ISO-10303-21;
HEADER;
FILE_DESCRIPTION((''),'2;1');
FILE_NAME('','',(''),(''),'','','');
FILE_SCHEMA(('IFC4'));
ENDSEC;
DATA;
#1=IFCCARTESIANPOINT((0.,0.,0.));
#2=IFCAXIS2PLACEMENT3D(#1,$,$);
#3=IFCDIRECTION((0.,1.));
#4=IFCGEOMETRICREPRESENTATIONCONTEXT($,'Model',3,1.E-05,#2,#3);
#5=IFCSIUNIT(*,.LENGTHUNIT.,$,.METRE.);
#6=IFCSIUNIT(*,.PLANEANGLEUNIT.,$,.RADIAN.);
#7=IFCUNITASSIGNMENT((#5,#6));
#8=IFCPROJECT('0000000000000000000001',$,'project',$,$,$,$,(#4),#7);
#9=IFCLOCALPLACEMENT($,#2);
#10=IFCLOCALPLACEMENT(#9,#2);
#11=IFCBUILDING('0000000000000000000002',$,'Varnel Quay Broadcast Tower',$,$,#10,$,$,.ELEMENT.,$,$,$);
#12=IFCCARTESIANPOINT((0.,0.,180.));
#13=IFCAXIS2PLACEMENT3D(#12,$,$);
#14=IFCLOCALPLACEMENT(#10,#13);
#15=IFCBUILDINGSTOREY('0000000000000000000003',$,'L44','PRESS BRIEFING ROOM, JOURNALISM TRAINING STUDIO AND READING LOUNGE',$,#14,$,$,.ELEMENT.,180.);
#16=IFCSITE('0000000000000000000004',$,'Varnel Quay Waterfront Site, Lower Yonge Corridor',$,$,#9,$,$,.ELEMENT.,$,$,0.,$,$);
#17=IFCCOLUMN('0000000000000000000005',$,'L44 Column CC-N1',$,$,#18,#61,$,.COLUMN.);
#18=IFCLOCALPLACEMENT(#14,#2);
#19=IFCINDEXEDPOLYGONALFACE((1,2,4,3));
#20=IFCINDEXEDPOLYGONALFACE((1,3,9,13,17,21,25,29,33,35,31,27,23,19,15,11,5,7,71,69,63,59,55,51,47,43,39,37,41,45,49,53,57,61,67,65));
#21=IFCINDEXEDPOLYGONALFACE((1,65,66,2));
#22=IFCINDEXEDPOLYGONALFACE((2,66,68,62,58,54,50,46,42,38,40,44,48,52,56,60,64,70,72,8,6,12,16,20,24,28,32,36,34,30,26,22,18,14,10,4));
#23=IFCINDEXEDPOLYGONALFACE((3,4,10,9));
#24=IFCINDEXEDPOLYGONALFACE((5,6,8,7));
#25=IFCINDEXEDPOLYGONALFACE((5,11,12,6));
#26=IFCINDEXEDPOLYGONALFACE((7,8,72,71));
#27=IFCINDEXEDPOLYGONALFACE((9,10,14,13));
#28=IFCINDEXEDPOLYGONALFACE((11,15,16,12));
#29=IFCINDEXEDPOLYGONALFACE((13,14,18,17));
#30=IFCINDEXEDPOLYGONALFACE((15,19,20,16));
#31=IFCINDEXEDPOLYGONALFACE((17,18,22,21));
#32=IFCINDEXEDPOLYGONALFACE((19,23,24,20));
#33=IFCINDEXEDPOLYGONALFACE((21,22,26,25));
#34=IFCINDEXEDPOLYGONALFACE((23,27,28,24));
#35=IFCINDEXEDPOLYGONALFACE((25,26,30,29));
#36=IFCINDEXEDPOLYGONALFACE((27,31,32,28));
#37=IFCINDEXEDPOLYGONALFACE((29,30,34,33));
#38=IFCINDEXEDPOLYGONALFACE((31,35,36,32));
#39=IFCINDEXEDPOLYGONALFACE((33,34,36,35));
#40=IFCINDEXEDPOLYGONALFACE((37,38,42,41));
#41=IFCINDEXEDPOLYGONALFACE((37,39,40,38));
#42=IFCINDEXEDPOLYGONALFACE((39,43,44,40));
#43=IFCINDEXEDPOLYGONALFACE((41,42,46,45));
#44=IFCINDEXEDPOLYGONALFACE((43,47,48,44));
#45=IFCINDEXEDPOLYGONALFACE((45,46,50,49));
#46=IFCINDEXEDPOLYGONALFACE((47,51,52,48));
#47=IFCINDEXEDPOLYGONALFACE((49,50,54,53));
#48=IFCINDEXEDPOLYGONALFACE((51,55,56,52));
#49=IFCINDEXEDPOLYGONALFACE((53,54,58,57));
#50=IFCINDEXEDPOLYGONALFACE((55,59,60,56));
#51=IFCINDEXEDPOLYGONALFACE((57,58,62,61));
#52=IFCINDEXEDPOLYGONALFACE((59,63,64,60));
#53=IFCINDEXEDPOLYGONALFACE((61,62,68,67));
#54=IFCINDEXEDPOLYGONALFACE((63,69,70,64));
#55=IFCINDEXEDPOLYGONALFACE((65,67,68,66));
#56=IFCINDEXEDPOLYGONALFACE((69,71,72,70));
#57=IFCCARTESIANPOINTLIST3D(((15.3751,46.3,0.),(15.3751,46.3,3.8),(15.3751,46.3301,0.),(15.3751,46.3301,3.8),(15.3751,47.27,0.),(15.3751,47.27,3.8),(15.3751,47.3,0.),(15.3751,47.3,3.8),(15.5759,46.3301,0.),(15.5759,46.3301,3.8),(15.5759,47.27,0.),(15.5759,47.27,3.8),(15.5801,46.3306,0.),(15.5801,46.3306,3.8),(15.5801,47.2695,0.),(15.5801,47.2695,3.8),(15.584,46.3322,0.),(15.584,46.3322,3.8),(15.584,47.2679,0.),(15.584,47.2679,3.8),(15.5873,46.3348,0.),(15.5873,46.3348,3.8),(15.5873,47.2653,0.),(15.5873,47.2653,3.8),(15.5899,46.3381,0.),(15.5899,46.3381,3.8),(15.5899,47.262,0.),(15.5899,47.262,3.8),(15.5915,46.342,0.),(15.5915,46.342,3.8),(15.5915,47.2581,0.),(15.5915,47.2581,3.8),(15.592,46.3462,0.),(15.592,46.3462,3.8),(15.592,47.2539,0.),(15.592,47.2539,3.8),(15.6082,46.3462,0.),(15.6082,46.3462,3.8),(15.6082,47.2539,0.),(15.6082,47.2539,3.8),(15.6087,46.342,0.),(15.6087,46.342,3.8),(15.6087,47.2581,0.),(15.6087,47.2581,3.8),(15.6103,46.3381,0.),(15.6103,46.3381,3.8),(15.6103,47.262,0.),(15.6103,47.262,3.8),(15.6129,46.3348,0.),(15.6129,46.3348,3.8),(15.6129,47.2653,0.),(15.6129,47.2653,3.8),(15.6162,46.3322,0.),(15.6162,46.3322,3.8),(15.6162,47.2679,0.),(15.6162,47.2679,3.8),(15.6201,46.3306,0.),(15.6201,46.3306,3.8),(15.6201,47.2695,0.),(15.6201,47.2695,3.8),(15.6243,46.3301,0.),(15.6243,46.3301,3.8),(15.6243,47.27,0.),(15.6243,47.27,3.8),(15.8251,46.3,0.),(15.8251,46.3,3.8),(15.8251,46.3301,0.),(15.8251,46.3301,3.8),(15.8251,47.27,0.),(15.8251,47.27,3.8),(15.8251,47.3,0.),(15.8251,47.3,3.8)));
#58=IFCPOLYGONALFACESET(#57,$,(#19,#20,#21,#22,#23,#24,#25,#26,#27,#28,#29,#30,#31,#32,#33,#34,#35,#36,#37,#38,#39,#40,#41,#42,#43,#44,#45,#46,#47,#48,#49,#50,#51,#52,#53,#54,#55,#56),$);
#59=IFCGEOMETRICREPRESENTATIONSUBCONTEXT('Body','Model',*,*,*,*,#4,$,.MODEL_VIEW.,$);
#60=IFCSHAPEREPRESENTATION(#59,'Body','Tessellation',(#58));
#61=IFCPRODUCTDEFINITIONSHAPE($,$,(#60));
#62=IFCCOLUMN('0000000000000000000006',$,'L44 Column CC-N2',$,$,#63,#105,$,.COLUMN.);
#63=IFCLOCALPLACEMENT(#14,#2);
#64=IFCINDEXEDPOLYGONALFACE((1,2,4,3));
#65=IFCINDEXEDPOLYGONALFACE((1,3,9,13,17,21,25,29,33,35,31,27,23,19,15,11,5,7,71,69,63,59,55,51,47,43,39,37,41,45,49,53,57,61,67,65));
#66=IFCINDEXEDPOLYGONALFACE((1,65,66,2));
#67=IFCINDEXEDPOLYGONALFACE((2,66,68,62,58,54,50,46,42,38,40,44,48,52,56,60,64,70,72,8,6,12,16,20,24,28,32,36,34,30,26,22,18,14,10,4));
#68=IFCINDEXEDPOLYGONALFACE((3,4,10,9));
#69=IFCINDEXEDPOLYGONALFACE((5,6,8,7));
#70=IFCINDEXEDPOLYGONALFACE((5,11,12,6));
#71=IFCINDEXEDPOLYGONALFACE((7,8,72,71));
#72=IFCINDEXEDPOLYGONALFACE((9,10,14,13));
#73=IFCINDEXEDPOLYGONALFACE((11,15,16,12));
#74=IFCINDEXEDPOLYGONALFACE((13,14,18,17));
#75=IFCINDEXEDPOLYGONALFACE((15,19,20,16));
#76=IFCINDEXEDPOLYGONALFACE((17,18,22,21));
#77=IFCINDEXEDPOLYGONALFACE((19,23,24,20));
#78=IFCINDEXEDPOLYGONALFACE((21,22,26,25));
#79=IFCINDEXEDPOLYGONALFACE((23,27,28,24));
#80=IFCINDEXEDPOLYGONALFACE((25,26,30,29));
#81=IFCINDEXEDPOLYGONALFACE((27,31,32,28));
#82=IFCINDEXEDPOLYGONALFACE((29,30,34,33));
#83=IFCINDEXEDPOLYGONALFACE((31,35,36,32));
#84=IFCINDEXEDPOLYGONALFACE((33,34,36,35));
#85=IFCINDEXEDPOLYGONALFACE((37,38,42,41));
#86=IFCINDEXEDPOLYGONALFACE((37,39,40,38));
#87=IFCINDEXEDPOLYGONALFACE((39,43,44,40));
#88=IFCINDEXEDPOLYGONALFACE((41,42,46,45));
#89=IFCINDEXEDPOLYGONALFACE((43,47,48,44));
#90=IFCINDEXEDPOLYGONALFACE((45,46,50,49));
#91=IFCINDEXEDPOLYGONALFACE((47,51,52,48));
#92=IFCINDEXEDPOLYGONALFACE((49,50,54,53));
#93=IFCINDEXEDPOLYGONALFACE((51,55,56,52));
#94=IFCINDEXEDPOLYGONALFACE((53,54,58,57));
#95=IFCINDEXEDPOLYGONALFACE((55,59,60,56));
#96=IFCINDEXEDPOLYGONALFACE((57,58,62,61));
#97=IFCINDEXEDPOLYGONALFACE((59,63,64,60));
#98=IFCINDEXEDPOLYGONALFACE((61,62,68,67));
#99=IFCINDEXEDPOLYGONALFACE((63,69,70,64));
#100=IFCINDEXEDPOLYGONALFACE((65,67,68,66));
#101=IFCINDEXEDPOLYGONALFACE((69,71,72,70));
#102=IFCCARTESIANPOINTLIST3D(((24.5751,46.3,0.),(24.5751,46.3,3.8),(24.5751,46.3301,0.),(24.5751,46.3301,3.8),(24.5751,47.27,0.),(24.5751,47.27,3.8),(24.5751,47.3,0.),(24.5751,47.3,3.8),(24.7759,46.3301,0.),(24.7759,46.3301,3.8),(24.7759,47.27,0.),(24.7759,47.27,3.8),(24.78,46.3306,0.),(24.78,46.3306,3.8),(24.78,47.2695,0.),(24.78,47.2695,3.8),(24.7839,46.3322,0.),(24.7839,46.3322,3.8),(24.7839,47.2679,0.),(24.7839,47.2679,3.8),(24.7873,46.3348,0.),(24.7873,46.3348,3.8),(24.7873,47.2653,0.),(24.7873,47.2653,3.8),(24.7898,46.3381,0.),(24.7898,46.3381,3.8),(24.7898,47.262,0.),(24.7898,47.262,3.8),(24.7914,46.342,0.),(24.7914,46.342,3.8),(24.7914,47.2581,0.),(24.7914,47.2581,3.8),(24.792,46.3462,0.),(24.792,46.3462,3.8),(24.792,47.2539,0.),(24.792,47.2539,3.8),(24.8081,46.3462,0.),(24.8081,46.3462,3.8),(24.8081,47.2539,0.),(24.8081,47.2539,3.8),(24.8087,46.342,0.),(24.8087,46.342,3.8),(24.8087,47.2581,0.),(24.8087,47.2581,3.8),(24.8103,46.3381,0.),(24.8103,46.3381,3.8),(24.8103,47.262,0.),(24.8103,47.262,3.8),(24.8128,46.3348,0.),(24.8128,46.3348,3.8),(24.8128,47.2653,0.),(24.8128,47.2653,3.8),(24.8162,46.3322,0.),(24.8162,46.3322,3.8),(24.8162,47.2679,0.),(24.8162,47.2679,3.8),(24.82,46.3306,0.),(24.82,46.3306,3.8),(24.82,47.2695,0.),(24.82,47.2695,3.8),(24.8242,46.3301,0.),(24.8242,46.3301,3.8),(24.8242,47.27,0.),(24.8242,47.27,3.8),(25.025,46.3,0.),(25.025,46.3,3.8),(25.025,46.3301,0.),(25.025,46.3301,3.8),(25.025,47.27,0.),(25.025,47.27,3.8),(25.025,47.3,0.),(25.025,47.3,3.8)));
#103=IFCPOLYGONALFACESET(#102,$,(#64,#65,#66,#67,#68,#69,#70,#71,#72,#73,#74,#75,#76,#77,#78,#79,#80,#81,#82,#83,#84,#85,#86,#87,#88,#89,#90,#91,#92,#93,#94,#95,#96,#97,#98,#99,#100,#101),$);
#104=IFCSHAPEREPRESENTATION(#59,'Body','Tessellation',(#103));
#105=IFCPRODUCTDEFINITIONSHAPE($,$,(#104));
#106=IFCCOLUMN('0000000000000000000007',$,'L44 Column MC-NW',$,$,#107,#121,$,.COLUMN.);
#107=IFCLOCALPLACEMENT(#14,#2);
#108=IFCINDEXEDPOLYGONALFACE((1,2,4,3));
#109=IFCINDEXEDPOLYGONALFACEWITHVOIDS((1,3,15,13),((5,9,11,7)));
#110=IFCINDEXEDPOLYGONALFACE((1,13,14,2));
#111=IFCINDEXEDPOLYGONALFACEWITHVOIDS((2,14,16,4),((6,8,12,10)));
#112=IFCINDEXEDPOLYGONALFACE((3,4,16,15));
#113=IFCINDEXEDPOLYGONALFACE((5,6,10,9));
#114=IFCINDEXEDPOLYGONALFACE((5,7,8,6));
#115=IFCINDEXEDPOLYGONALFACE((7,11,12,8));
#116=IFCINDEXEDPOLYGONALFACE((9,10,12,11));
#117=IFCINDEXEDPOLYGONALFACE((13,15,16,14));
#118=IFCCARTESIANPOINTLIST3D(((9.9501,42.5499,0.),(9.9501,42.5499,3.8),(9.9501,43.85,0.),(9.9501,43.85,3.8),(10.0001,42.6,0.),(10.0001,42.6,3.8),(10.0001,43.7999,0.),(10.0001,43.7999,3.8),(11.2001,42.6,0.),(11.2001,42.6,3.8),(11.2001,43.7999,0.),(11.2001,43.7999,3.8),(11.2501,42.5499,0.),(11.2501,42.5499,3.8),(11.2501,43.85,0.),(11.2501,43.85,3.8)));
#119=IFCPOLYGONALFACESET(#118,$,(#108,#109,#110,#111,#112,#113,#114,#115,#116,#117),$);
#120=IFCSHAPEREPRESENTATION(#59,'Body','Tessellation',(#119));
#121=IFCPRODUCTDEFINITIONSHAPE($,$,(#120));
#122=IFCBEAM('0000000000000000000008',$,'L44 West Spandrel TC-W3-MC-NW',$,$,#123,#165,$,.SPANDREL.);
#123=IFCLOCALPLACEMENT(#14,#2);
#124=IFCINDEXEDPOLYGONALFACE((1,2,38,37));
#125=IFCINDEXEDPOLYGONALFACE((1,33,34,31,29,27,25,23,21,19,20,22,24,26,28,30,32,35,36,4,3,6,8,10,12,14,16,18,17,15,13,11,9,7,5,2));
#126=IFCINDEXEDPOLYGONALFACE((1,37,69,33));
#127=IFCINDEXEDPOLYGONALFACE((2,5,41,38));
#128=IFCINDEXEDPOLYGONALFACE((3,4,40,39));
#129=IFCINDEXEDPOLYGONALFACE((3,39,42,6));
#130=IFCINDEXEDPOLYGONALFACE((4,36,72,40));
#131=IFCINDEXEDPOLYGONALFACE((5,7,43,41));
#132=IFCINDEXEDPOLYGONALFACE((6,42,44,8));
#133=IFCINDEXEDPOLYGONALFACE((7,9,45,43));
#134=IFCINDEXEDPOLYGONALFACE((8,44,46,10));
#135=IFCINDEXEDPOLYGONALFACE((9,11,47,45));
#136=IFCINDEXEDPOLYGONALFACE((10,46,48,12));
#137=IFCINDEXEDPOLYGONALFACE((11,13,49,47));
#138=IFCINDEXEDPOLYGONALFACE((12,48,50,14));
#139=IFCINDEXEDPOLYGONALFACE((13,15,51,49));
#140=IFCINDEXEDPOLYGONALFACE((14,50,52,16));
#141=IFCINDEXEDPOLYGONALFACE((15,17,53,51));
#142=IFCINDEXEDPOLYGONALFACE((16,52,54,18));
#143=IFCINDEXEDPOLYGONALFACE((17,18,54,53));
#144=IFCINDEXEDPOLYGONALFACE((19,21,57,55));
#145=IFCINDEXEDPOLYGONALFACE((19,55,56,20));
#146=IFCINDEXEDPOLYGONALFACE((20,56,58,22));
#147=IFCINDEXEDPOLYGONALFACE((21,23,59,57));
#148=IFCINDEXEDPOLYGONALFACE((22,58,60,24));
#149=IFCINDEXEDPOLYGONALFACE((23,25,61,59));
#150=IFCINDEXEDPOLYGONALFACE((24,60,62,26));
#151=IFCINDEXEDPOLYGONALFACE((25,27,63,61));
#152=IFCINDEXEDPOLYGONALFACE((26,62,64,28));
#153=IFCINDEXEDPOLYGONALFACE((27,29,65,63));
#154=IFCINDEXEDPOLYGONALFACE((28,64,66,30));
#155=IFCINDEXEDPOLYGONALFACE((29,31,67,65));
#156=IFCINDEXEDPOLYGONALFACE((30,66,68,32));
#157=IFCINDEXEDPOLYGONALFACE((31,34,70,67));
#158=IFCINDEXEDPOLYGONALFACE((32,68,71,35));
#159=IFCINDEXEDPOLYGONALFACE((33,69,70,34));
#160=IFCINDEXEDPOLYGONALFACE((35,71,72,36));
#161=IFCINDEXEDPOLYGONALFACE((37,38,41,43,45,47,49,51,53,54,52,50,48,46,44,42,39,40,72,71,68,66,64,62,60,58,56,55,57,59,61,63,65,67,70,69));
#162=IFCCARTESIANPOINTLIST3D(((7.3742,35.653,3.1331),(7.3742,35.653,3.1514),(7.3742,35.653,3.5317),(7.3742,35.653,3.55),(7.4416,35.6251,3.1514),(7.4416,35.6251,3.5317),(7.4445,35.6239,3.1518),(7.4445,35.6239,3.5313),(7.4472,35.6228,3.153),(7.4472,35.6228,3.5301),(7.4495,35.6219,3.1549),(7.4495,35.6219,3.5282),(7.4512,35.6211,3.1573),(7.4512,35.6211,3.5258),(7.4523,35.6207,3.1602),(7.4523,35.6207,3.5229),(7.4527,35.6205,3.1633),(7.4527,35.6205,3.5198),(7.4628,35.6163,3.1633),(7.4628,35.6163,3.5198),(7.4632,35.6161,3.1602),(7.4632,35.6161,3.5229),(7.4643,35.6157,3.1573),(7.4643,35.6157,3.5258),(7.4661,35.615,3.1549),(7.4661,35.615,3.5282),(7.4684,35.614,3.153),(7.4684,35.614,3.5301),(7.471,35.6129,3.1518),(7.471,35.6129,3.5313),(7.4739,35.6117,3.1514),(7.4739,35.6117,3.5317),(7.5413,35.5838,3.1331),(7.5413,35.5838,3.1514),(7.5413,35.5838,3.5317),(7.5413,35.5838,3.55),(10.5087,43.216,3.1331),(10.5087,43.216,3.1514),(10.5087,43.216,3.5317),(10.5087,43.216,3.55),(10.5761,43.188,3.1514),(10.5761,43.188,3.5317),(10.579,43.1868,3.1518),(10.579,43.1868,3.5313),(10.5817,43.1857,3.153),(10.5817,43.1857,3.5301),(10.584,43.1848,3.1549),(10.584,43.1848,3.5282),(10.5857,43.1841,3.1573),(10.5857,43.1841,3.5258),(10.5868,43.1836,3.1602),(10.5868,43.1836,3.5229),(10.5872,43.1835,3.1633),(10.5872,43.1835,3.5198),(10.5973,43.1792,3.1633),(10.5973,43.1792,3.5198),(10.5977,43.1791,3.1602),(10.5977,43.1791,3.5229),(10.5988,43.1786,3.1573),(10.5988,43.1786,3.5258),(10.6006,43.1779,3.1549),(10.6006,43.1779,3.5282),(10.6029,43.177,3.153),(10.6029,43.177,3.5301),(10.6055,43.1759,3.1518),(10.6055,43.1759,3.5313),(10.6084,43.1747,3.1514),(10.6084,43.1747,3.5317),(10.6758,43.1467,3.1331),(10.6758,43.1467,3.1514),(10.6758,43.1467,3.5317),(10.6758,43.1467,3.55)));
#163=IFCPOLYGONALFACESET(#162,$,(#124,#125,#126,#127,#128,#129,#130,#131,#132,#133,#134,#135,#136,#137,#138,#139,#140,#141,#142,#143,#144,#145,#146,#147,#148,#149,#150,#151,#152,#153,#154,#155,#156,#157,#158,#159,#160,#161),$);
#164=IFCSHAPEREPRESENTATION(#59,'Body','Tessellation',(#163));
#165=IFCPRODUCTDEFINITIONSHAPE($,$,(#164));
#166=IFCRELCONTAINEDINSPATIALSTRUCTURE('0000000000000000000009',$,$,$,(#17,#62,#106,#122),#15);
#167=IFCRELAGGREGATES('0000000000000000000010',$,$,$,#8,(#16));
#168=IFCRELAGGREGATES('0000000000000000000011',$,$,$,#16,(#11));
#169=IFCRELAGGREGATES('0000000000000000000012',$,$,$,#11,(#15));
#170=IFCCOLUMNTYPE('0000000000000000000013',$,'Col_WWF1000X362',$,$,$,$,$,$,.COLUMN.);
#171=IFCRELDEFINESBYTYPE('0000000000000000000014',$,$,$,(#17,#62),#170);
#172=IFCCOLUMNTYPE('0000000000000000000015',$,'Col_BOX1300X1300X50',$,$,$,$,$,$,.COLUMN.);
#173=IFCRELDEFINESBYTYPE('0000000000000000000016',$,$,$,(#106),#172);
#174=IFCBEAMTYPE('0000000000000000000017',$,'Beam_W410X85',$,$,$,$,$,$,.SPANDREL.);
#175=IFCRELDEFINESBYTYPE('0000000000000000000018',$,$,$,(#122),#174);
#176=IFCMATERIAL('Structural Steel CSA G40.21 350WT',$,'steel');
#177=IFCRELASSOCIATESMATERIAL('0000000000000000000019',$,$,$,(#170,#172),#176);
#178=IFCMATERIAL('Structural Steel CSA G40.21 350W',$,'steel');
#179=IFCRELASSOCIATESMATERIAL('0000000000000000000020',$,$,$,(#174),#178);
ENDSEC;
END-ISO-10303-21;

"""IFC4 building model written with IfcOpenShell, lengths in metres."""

from ifc_helpers import new_model, si_unit, direction, frame, origin, origin_2d, place, context, subcontext, project, spatial, hollow_rectangle, i_section, extrude, source, transform, mapped, material, material_profile, profile_set, type_object, type_shapes, element, save


model = new_model("IFC4")

# Units and contexts
model_context = context("Model", 3, precision=1e-05, world=origin(), true_north=direction((0.0, 1.0)))
body_context = subcontext(model_context, "Body", "Model", "MODEL_VIEW")
ifc_project = project(units=[si_unit("LENGTHUNIT", "METRE"), si_unit("PLANEANGLEUNIT", "RADIAN")], contexts=[model_context])

# Site, building, storey
site_placement = place(None, origin())
site = spatial("IfcSite", under=ifc_project, at=site_placement, Name="Varnel Quay Waterfront Site, Lower Yonge Corridor", CompositionType="ELEMENT", RefElevation=0.0)
building_placement = place(site_placement, origin())
building = spatial("IfcBuilding", under=site, at=building_placement, Name="Varnel Quay Broadcast Tower", CompositionType="ELEMENT")
storey_placement = place(building_placement, frame((0.0, 0.0, 180.0)))
storey = spatial("IfcBuildingStorey", under=building, at=storey_placement, Name="L44", Description="PRESS BRIEFING ROOM, JOURNALISM TRAINING STUDIO AND READING LOUNGE", CompositionType="ELEMENT", Elevation=180.0)

# Columns
ifc_material_1 = material(Name="Structural Steel CSA G40.21 350WT", Category="steel")
ifc_material_profile_1 = material_profile(ifc_material_1, i_section(OverallWidth=0.45, OverallDepth=1.0, WebThickness=0.0161, FlangeThickness=0.03, FilletRadius=0.0161, at=origin_2d()), Name="WWF1000X362")
ifc_profile_set_1 = profile_set([ifc_material_profile_1], Name="Structural Steel CSA G40.21 350WT")
column_type_1 = type_object("IfcColumnType", Name="Col_WWF1000X362", PredefinedType="COLUMN", material=ifc_profile_set_1)
shared_shape_1 = source(origin(), body_context, "Body", "SweptSolid", [
    extrude(i_section(OverallWidth=0.45, OverallDepth=1.0, WebThickness=0.0161, FlangeThickness=0.03, FilletRadius=0.0161, at=origin_2d()), origin(), (0.0, 0.0, 1.0), 3.8),
])
type_shapes(column_type_1, [shared_shape_1])
for number, where, z_axis, x_axis, name in (
    (1, (15.6001, 46.8, 0.0), (0.0, 0.0, 1.0), (1.0, 0.0, 0.0), "L44 Column CC-N1"),
    (2, (24.8, 46.8, 0.0), (0.0, 0.0, 1.0), (1.0, 0.0, 0.0), "L44 Column CC-N2"),
):
    element("IfcColumn", number, at=place(storey_placement, frame(where, z_axis=z_axis, x_axis=x_axis)), inside=storey, type_object=column_type_1, Name=name, PredefinedType="COLUMN", context=body_context, shape_type="MappedRepresentation", body=[
        mapped(shared_shape_1, transform((0.0, 0.0, 0.0), x_axis=(1.0, 0.0, 0.0), y_axis=(0.0, 1.0, 0.0), z_axis=(0.0, 0.0, 1.0), scale=1.0)),
    ])
ifc_material_profile_2 = material_profile(ifc_material_1, hollow_rectangle(XDim=1.3, YDim=1.3, WallThickness=0.05, at=origin_2d()), Name="BOX1300X1300X50")
ifc_profile_set_2 = profile_set([ifc_material_profile_2], Name="Structural Steel CSA G40.21 350WT")
column_type_2 = type_object("IfcColumnType", Name="Col_BOX1300X1300X50", PredefinedType="COLUMN", material=ifc_profile_set_2)
shared_shape_2 = source(origin(), body_context, "Body", "SweptSolid", [
    extrude(hollow_rectangle(XDim=1.3, YDim=1.3, WallThickness=0.05, at=origin_2d()), origin(), (0.0, 0.0, 1.0), 3.8),
])
type_shapes(column_type_2, [shared_shape_2])
column_placement = place(storey_placement, frame((10.6001, 43.2, 0.0), z_axis=(0.0, 0.0, 1.0), x_axis=(1.0, 0.0, 0.0)))
element("IfcColumn", 3, at=column_placement, inside=storey, type_object=column_type_2, Name="L44 Column MC-NW", PredefinedType="COLUMN", context=body_context, shape_type="MappedRepresentation", body=[
    mapped(shared_shape_2, transform((0.0, 0.0, 0.0), x_axis=(1.0, 0.0, 0.0), y_axis=(0.0, 1.0, 0.0), z_axis=(0.0, 0.0, 1.0), scale=1.0)),
])

# Beam
ifc_material_2 = material(Name="Structural Steel CSA G40.21 350W", Category="steel")
ifc_material_profile_3 = material_profile(ifc_material_2, i_section(OverallWidth=0.1809, OverallDepth=0.417, WebThickness=0.011, FlangeThickness=0.0183, FilletRadius=0.012, at=origin_2d()), Name="W410X85")
ifc_profile_set_3 = profile_set([ifc_material_profile_3], Name="Structural Steel CSA G40.21 350W")
beam_type = type_object("IfcBeamType", Name="Beam_W410X85", PredefinedType="SPANDREL", material=ifc_profile_set_3)
shared_shape_3 = source(origin(), body_context, "Body", "SweptSolid", [
    extrude(i_section(OverallWidth=0.1809, OverallDepth=0.417, WebThickness=0.011, FlangeThickness=0.0183, FilletRadius=0.012, at=origin_2d()), origin(), (0.0, 0.0, 1.0), 8.1868),
])
beam_1_placement = place(storey_placement, frame((7.4578, 35.6184, 3.3416), z_axis=(0.382874, 0.923801, 0.0), x_axis=(-0.923801, 0.382874, 0.0)))
element("IfcBeam", 4, at=beam_1_placement, inside=storey, type_object=beam_type, Name="L44 West Spandrel TC-W3-MC-NW", PredefinedType="SPANDREL", context=body_context, shape_type="MappedRepresentation", body=[
    mapped(shared_shape_3, transform((0.0, 0.0, 0.0), x_axis=(1.0, 0.0, 0.0), y_axis=(0.0, 1.0, 0.0), z_axis=(0.0, 0.0, 1.0), scale=1.0)),
])

save(model, "model.ifc")
